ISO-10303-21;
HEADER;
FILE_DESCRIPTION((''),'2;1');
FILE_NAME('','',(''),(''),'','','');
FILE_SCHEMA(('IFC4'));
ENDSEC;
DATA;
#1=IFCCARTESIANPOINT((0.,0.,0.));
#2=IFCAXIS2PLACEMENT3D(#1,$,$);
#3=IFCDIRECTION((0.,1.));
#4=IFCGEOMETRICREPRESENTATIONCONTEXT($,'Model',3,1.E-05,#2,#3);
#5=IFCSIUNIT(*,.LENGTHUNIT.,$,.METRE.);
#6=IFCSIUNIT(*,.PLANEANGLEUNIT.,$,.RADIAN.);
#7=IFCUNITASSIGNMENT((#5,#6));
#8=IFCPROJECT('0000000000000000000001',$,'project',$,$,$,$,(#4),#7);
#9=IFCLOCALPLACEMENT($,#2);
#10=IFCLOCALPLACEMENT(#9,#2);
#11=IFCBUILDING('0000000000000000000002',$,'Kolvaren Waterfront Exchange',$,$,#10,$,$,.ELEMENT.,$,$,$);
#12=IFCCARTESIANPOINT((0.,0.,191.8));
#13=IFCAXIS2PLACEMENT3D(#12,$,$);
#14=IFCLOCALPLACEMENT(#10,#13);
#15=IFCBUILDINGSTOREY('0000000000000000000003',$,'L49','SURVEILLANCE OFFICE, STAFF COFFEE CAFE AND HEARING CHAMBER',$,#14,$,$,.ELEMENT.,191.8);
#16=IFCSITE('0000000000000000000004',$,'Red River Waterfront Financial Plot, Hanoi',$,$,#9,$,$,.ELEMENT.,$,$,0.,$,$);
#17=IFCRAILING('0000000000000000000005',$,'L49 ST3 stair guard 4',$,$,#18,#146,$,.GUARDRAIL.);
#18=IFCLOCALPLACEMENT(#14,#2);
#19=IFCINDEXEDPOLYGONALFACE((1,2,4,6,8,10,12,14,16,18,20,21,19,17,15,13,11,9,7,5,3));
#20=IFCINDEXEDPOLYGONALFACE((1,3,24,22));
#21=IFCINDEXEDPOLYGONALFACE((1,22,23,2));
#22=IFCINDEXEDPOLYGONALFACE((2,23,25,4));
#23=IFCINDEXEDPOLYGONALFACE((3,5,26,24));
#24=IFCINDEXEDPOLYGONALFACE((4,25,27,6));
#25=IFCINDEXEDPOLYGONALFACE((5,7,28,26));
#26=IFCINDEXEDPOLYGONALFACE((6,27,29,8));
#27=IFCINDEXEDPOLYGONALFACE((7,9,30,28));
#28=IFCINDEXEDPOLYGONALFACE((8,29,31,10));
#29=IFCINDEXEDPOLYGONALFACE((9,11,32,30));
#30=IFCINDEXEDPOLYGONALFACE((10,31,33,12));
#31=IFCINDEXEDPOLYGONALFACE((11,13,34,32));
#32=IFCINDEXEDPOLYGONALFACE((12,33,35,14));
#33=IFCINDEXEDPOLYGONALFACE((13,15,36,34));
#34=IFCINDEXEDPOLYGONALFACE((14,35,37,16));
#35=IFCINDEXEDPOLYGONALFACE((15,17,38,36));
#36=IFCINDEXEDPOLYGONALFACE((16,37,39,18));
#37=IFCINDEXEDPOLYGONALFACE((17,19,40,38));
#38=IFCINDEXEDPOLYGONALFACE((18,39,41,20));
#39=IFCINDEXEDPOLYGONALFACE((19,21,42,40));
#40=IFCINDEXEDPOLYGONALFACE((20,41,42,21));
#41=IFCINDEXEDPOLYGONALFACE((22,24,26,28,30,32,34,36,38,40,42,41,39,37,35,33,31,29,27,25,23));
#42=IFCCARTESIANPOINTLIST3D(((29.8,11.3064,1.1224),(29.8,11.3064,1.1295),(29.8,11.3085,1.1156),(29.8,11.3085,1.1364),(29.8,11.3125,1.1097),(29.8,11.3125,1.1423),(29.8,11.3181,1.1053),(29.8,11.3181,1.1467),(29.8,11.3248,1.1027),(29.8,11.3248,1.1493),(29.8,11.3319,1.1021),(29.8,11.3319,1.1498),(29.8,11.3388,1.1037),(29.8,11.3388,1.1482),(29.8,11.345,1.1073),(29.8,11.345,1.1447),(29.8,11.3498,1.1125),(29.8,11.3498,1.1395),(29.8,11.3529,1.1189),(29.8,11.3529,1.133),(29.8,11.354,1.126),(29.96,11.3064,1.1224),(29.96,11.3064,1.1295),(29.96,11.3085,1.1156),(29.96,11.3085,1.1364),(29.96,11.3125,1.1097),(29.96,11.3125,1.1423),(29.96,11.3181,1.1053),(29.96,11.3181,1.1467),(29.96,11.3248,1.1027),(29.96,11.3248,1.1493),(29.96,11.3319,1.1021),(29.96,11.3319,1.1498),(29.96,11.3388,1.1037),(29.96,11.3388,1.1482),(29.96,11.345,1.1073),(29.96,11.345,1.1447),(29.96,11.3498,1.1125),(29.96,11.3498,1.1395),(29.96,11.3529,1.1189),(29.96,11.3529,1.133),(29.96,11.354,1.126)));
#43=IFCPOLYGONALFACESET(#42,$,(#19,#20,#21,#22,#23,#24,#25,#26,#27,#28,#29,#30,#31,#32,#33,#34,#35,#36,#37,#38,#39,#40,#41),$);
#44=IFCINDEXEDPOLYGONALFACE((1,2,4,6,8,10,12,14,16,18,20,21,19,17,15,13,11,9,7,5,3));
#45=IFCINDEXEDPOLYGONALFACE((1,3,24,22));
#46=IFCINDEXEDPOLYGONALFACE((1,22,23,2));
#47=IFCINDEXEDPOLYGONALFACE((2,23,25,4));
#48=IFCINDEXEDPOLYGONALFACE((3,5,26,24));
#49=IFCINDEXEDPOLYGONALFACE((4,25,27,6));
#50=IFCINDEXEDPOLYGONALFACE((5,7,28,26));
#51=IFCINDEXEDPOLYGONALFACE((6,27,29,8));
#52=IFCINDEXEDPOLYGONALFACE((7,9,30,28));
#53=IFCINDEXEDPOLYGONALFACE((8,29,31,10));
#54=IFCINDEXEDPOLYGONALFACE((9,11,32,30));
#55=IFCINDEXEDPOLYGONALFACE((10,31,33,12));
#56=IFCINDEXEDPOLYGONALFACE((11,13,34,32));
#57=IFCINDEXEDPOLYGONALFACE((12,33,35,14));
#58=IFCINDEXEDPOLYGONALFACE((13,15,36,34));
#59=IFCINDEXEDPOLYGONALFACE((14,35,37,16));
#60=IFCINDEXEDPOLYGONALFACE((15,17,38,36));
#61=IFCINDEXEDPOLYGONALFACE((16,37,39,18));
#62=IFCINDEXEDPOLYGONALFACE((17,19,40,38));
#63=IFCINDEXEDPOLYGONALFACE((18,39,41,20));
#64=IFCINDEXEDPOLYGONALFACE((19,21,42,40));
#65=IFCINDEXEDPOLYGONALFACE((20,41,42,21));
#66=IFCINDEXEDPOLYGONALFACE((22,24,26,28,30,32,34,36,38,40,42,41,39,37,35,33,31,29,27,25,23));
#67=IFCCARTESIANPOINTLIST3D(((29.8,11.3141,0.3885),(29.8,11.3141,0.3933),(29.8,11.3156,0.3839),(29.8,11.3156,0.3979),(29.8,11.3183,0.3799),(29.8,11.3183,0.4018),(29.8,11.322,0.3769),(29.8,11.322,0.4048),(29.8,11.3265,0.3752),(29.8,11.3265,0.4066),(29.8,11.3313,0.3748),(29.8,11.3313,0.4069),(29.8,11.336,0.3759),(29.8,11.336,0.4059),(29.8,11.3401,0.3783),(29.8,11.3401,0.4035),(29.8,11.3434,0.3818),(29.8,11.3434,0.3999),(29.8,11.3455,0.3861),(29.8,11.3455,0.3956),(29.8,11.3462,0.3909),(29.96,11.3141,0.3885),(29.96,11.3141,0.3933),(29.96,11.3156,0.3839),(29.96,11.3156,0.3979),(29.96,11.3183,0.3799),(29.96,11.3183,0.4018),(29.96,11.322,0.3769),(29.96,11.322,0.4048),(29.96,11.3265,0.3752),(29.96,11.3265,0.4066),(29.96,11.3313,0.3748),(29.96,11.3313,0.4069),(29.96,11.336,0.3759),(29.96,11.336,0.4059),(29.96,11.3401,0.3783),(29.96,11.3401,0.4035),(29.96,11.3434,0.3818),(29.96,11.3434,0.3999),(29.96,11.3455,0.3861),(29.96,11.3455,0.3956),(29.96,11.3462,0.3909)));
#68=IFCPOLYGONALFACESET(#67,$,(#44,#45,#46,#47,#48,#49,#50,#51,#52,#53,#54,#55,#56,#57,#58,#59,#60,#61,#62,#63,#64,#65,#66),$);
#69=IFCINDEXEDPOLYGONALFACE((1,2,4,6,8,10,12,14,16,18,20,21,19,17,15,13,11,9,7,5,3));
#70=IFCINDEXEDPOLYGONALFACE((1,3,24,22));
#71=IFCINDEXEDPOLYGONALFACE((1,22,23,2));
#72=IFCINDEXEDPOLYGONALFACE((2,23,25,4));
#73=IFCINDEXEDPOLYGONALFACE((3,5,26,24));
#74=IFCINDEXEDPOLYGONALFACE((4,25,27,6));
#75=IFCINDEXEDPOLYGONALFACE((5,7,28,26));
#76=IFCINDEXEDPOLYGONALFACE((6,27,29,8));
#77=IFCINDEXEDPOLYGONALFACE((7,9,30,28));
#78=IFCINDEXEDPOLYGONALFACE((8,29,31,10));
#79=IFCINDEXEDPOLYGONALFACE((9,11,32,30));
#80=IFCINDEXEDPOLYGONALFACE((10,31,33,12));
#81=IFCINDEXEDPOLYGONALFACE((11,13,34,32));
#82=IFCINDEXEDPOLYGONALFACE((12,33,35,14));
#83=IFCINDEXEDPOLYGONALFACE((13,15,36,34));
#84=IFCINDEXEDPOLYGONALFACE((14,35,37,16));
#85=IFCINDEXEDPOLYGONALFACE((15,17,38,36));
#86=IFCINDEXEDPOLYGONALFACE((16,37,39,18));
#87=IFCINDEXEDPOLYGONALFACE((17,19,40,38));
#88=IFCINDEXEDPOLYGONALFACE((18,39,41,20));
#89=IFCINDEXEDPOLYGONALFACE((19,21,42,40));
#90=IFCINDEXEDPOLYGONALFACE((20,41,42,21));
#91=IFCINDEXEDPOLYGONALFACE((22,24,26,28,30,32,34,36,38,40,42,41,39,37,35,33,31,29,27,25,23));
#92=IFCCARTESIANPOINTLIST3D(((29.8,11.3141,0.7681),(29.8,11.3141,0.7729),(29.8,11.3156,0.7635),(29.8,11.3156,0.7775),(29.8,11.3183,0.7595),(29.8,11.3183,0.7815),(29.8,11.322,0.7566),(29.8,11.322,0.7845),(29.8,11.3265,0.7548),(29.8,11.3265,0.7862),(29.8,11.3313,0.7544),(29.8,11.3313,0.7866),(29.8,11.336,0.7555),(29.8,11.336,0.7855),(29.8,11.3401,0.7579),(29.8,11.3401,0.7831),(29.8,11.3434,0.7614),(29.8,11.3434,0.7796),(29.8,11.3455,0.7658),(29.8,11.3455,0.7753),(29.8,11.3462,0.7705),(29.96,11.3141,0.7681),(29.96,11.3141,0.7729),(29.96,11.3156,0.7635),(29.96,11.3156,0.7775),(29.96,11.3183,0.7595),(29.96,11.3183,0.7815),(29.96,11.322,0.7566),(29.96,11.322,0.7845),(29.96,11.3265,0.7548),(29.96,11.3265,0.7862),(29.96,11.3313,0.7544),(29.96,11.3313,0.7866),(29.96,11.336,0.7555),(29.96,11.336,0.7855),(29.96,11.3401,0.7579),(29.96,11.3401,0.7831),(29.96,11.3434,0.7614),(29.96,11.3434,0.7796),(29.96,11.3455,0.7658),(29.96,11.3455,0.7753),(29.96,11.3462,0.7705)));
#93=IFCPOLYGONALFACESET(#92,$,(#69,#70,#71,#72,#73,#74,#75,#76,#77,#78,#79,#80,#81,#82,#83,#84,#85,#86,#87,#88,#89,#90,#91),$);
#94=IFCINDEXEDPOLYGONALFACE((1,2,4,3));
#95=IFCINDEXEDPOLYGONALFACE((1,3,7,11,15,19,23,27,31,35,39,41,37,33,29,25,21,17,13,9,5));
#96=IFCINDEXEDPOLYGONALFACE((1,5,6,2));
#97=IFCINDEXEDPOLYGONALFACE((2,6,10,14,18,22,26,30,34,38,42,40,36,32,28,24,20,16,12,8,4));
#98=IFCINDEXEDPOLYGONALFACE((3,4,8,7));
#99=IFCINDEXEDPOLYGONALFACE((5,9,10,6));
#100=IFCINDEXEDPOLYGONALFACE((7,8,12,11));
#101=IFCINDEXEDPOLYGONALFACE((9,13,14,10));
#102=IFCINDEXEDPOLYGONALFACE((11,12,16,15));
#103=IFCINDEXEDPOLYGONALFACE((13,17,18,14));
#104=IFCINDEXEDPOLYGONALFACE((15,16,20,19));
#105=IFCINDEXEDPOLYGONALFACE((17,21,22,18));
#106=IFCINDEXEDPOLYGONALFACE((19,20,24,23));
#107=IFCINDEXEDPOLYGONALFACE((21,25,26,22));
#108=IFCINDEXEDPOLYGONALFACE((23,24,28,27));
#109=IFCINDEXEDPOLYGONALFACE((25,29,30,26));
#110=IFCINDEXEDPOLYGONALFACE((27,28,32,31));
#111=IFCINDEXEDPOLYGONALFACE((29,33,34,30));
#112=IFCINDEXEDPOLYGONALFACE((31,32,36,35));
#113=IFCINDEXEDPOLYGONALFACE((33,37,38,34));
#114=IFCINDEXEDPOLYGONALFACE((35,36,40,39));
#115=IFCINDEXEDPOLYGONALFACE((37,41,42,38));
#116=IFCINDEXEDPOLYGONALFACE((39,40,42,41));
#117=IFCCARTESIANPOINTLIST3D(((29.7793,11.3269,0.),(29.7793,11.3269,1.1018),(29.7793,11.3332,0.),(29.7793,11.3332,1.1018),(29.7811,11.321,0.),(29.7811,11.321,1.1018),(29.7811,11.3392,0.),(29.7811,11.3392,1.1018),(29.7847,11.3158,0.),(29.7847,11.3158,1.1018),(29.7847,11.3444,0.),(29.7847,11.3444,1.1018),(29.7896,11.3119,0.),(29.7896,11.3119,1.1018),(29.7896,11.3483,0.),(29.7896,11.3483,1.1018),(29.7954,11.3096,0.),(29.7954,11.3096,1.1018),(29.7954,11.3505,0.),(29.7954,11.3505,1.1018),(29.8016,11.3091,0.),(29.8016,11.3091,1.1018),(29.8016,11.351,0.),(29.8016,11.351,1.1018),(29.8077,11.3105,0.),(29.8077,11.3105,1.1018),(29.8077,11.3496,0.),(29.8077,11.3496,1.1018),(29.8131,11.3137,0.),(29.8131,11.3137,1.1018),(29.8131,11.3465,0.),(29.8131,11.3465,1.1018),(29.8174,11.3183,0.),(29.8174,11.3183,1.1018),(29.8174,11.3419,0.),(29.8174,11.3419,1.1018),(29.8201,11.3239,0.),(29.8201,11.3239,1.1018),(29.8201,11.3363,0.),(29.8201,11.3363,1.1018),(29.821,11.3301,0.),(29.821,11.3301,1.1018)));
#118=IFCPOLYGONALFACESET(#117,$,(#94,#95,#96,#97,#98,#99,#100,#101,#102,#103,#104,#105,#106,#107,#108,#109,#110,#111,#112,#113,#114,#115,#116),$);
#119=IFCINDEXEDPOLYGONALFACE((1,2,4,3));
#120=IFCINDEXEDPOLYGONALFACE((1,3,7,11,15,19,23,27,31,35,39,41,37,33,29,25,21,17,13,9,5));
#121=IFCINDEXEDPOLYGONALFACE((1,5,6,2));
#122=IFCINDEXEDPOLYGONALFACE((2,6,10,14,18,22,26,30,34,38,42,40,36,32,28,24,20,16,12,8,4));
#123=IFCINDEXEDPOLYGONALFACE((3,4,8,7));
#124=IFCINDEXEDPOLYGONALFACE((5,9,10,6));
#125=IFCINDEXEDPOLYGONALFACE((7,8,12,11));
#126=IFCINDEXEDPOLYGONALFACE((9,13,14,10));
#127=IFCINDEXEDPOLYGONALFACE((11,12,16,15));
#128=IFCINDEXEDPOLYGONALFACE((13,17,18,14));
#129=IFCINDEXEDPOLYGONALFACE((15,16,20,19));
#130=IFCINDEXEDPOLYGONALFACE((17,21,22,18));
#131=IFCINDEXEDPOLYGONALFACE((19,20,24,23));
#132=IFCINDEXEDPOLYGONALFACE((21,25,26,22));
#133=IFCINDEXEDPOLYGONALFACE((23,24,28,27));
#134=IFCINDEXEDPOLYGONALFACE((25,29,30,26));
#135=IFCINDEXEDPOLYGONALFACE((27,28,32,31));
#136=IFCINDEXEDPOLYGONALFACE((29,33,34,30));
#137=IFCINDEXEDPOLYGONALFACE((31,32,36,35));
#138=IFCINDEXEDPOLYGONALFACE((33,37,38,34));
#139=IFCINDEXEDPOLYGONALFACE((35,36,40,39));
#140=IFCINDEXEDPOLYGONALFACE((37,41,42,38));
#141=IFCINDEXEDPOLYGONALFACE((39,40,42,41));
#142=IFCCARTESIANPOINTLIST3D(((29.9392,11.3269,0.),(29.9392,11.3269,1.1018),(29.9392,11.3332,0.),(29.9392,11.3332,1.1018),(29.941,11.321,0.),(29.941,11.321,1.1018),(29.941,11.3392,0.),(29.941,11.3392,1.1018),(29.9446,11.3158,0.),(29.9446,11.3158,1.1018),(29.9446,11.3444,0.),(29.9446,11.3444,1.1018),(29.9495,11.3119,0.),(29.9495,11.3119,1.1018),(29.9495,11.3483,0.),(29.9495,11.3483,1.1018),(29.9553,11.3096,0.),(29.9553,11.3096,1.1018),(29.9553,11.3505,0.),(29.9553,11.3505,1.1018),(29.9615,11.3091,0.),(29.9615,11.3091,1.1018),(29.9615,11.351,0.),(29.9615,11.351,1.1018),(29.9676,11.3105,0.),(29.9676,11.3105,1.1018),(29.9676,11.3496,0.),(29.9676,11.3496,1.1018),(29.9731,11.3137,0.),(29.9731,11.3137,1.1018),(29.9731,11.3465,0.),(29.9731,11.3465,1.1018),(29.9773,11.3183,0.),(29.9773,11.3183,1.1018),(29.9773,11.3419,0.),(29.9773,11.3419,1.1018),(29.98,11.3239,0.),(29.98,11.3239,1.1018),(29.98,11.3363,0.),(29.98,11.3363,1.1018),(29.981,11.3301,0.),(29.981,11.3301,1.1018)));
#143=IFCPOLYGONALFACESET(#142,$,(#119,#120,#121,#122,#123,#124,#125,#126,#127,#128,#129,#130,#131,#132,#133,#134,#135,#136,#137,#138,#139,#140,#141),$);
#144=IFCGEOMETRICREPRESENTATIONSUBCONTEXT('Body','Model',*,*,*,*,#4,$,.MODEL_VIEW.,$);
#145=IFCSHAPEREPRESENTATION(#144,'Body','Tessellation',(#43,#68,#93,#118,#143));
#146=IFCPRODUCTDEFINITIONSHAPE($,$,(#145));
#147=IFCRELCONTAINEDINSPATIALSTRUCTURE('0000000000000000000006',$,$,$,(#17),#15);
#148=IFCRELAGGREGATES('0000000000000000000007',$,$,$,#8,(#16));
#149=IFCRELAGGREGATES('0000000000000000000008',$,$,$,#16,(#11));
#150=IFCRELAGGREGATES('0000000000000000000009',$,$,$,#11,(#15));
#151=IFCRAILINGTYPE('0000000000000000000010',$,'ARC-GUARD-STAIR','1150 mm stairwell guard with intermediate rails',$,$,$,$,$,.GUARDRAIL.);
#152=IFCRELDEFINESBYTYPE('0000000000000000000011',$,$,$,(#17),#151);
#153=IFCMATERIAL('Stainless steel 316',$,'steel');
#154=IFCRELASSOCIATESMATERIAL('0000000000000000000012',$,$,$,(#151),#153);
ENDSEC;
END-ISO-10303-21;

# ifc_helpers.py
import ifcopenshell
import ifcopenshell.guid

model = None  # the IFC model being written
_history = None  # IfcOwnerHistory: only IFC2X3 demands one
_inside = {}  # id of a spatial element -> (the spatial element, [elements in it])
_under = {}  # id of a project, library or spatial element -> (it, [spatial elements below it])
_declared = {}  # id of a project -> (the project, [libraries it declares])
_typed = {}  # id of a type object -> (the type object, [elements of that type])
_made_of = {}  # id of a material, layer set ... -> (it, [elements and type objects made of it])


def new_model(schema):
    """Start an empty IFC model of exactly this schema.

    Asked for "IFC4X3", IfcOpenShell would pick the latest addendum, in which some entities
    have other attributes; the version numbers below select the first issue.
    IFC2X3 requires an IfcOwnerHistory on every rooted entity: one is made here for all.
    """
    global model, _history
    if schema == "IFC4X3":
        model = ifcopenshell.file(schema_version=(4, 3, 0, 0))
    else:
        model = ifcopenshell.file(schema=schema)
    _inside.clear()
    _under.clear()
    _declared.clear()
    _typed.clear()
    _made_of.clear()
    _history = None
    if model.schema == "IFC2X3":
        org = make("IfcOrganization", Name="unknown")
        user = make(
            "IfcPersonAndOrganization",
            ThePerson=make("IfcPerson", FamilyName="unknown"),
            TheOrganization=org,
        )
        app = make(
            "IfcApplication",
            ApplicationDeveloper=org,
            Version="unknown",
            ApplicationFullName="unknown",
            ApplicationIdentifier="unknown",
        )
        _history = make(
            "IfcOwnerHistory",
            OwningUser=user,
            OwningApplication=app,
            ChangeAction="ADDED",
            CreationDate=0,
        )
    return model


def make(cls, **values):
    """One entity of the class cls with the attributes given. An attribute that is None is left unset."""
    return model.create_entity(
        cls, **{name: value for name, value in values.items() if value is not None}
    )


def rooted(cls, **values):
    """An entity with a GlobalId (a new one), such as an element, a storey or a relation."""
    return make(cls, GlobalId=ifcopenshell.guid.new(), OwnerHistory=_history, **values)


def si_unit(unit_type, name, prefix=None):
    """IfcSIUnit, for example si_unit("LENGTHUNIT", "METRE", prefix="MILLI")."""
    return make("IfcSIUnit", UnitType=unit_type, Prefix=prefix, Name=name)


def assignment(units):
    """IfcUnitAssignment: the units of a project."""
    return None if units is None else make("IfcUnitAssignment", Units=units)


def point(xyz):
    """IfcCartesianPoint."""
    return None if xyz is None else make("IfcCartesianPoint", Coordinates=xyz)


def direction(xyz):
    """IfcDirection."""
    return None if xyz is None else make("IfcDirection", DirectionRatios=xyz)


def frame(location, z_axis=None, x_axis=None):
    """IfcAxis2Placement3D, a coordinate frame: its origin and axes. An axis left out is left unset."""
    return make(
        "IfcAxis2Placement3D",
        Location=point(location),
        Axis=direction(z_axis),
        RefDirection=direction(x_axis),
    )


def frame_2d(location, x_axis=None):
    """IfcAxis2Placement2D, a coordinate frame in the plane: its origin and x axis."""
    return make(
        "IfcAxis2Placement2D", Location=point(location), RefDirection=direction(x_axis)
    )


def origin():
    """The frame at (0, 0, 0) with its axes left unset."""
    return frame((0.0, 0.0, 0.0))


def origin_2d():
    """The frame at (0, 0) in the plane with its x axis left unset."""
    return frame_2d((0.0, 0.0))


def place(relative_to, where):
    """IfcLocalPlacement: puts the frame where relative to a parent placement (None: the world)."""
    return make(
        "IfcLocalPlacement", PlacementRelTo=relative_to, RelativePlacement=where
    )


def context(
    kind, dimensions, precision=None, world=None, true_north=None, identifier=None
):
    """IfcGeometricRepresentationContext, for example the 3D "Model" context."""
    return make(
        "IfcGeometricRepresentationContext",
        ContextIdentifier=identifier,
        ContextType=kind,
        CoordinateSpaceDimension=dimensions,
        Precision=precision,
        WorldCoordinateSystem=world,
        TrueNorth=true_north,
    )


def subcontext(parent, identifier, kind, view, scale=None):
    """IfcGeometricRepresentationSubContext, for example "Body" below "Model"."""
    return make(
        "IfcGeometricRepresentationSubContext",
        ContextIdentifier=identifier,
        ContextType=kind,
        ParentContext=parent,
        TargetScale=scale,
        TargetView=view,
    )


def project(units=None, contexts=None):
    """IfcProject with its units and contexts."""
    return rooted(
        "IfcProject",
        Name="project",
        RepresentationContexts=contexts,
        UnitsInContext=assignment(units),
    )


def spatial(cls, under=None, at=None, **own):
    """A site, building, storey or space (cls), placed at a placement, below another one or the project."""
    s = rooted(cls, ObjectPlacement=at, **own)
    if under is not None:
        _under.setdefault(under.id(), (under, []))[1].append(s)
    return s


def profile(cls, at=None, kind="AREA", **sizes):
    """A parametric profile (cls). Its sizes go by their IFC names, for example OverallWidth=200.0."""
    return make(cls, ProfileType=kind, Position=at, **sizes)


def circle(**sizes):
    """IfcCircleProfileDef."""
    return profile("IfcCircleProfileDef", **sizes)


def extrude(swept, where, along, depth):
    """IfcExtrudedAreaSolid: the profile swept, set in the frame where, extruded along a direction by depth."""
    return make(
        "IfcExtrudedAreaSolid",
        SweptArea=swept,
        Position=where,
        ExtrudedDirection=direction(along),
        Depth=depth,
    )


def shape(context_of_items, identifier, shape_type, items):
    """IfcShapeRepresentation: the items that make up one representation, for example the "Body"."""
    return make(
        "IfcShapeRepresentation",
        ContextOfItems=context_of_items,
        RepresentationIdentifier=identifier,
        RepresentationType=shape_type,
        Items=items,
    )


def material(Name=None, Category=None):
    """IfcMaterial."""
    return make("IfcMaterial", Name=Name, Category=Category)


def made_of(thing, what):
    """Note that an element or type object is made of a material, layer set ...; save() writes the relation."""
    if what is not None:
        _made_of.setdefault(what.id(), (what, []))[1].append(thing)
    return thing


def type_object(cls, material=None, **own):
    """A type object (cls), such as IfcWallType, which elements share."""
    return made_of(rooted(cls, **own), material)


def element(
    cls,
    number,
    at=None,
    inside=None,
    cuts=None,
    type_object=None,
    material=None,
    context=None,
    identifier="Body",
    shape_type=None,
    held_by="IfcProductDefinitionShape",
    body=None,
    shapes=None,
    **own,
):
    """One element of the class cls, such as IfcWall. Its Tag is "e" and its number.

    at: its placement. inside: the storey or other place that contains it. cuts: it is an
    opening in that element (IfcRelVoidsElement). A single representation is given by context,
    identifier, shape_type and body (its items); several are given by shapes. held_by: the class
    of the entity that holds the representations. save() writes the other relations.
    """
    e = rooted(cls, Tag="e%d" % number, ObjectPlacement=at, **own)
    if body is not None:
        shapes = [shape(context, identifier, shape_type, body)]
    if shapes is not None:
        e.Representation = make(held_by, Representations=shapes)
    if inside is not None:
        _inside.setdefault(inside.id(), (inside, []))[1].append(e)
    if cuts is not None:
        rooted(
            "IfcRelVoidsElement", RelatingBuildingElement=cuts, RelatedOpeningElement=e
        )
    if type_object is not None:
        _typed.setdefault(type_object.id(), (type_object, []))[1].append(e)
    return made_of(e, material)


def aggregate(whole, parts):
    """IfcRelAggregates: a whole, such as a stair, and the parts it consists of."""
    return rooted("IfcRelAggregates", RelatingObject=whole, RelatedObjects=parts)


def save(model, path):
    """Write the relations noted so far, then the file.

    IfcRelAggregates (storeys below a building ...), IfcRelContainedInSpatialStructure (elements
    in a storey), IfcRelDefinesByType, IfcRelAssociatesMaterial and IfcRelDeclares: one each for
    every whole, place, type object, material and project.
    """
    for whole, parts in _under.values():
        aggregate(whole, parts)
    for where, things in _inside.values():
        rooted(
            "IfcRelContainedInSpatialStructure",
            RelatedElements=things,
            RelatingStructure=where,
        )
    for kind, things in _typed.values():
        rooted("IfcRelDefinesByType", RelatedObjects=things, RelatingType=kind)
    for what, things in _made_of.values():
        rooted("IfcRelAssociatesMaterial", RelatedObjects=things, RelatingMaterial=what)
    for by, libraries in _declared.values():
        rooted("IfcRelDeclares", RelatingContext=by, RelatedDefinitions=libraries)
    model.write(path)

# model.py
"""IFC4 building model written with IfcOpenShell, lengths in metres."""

from ifc_helpers import new_model, si_unit, direction, frame, origin, origin_2d, place, context, subcontext, project, spatial, circle, extrude, material, type_object, element, save


model = new_model("IFC4")

# Units and contexts
model_context = context("Model", 3, precision=1e-05, world=origin(), true_north=direction((0.0, 1.0)))
body_context = subcontext(model_context, "Body", "Model", "MODEL_VIEW")
ifc_project = project(units=[si_unit("LENGTHUNIT", "METRE"), si_unit("PLANEANGLEUNIT", "RADIAN")], contexts=[model_context])

# Site, building, storey
site_placement = place(None, origin())
site = spatial("IfcSite", under=ifc_project, at=site_placement, Name="Red River Waterfront Financial Plot, Hanoi", CompositionType="ELEMENT", RefElevation=0.0)
building_placement = place(site_placement, origin())
building = spatial("IfcBuilding", under=site, at=building_placement, Name="Kolvaren Waterfront Exchange", CompositionType="ELEMENT")
storey_placement = place(building_placement, frame((0.0, 0.0, 191.8)))
storey = spatial("IfcBuildingStorey", under=building, at=storey_placement, Name="L49", Description="SURVEILLANCE OFFICE, STAFF COFFEE CAFE AND HEARING CHAMBER", CompositionType="ELEMENT", Elevation=191.8)

# Railing
ifc_material_1 = material(Name="Stainless steel 316", Category="steel")
railing_type_1 = type_object("IfcRailingType", Name="ARC-GUARD-STAIR", Description="1150 mm stairwell guard with intermediate rails", PredefinedType="GUARDRAIL", material=ifc_material_1)
railing_1_placement = place(storey_placement, frame((29.8, 11.3301, 0.0)))
element("IfcRailing", 1, at=railing_1_placement, inside=storey, type_object=railing_type_1, Name="L49 ST3 stair guard 4", PredefinedType="GUARDRAIL", context=body_context, shape_type="SweptSolid", body=[
    extrude(circle(Radius=0.0239, at=origin_2d()), frame((0.0, 0.0, 1.126), z_axis=(1.0, 0.0, 0.0), x_axis=(0.0, 1.0, 0.0)), (0.0, 0.0, 1.0), 0.1599),
    extrude(circle(Radius=0.0161, at=origin_2d()), frame((0.0, 0.0, 0.3909), z_axis=(1.0, 0.0, 0.0), x_axis=(0.0, 1.0, 0.0)), (0.0, 0.0, 1.0), 0.1599),
    extrude(circle(Radius=0.0161, at=origin_2d()), frame((0.0, 0.0, 0.7705), z_axis=(1.0, 0.0, 0.0), x_axis=(0.0, 1.0, 0.0)), (0.0, 0.0, 1.0), 0.1599),
    extrude(circle(Radius=0.021, at=origin_2d()), origin(), (0.0, 0.0, 1.0), 1.1018),
    extrude(circle(Radius=0.021, at=origin_2d()), frame((0.1599, 0.0, 0.0)), (0.0, 0.0, 1.0), 1.1018),
])

save(model, "model.ifc")
